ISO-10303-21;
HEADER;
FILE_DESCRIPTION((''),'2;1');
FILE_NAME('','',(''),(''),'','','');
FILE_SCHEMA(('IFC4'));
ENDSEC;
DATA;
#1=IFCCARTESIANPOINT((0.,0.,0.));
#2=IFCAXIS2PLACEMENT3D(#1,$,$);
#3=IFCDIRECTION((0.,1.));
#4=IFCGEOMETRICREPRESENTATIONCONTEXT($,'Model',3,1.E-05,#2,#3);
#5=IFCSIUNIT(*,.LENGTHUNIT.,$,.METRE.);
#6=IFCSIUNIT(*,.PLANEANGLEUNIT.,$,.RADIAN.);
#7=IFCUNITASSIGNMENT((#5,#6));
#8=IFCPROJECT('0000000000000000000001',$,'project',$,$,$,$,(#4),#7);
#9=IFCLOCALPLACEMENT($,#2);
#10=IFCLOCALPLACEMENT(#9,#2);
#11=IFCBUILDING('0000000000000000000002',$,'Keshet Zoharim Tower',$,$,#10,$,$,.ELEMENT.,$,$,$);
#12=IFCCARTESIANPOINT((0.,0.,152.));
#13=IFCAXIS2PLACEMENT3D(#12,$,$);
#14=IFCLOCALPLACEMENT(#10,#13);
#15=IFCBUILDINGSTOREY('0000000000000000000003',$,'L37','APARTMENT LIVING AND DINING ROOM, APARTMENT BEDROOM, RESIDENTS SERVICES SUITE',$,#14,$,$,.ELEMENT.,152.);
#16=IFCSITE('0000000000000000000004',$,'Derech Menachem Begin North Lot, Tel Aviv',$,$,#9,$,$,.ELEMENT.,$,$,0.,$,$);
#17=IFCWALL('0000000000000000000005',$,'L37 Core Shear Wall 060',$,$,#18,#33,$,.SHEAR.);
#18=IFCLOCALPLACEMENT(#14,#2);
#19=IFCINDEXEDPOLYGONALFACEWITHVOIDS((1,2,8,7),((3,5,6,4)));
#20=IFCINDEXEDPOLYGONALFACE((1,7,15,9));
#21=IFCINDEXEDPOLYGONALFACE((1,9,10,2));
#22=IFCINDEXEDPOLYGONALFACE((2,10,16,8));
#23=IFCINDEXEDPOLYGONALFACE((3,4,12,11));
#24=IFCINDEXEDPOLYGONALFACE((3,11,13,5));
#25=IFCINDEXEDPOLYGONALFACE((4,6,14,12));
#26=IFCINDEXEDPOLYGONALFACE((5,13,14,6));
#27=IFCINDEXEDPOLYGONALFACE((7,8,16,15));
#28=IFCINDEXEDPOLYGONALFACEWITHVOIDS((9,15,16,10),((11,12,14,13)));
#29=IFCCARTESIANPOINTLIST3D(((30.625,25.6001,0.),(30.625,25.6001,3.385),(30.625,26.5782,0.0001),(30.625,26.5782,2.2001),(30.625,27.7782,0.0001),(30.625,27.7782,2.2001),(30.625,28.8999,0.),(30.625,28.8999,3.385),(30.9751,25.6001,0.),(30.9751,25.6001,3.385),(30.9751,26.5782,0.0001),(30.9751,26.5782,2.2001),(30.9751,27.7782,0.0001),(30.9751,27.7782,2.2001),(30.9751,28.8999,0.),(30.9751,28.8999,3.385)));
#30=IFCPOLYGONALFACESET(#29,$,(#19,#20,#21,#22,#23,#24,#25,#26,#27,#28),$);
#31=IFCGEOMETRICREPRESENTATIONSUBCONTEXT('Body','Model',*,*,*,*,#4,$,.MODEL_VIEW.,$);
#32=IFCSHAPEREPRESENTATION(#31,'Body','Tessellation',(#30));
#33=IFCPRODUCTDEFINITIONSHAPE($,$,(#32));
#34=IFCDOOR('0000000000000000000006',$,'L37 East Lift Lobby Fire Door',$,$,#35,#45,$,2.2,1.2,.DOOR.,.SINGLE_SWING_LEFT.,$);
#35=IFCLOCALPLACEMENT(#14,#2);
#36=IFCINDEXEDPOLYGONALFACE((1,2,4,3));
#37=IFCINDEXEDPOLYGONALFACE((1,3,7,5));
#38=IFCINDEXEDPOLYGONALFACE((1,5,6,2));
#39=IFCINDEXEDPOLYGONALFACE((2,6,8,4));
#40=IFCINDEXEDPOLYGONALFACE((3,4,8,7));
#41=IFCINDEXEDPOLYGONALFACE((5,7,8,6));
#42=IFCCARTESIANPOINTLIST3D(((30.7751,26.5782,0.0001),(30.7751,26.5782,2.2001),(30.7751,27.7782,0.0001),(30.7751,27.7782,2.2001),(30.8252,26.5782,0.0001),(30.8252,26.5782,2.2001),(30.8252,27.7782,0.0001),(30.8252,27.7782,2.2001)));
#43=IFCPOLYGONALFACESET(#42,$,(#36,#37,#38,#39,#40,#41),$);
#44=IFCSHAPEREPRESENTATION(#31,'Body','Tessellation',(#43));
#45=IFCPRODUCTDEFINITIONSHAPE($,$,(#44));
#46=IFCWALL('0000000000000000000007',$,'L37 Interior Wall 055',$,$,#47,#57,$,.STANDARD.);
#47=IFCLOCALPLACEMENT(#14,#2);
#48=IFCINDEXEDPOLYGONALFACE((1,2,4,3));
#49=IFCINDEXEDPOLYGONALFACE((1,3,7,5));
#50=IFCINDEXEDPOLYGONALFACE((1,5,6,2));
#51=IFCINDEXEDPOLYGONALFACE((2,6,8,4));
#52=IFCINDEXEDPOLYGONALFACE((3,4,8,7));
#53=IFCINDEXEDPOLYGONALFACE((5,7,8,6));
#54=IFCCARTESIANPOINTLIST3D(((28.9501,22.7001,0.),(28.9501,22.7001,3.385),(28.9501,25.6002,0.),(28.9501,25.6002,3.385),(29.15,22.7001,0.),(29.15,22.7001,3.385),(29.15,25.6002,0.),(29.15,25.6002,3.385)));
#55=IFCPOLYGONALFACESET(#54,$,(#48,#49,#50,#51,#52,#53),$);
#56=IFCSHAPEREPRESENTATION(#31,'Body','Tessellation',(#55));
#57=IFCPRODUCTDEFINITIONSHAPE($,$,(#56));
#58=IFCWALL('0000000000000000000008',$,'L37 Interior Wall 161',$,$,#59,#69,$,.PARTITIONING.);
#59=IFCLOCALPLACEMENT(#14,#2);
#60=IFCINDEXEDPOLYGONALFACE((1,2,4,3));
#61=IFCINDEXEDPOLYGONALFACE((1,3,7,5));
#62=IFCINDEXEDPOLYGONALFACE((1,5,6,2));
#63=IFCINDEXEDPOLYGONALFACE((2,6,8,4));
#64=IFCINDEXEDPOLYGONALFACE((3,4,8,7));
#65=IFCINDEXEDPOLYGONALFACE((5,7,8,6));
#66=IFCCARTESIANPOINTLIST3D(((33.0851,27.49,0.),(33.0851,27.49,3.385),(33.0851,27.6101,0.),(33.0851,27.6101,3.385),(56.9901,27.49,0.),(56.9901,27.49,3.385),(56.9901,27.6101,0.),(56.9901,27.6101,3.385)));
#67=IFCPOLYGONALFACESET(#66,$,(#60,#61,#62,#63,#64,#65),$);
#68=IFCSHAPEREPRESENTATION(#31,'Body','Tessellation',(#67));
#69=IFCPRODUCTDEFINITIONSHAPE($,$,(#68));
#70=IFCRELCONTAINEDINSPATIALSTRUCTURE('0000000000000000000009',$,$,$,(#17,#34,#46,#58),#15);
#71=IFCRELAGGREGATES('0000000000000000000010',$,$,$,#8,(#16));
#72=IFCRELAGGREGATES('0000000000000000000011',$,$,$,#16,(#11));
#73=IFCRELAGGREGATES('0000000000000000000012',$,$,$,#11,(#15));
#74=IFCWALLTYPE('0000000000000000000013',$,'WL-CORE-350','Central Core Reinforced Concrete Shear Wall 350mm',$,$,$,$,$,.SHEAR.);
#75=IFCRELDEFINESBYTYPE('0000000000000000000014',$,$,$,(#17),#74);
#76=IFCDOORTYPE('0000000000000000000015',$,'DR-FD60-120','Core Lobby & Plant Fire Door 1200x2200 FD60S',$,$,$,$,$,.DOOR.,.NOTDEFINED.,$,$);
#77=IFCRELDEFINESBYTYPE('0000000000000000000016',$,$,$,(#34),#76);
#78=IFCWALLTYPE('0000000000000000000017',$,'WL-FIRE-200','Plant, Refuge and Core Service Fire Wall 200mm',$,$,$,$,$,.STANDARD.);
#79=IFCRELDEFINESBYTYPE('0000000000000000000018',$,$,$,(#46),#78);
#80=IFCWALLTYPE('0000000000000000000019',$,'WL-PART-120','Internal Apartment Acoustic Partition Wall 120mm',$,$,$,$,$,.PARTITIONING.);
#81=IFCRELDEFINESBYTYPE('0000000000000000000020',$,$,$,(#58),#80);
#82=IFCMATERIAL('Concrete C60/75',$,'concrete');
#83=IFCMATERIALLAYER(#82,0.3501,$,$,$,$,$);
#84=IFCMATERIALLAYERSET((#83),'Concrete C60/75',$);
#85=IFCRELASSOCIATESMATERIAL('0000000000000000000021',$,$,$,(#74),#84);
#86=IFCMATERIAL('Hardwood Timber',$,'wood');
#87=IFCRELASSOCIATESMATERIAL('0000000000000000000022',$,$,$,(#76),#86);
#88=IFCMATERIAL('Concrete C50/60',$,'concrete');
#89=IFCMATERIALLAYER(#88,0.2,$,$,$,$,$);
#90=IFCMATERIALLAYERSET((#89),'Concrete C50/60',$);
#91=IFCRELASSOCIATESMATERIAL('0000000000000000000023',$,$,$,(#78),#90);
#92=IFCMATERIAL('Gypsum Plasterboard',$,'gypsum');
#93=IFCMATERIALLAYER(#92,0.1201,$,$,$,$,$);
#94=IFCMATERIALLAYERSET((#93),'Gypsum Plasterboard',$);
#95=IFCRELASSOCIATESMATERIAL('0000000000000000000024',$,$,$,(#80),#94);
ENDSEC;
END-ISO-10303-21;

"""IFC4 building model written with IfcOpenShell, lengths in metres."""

from ifc_helpers import new_model, si_unit, direction, frame, frame_2d, origin, place, context, subcontext, project, spatial, rectangle, extrude, material, layer, layer_set, type_object, element, fill, save


model = new_model("IFC4")

# Units and contexts
model_context = context("Model", 3, precision=1e-05, world=origin(), true_north=direction((0.0, 1.0)))
body_context = subcontext(model_context, "Body", "Model", "MODEL_VIEW")
ifc_project = project(units=[si_unit("LENGTHUNIT", "METRE"), si_unit("PLANEANGLEUNIT", "RADIAN")], contexts=[model_context])

# Site, building, storey
site_placement = place(None, origin())
site = spatial("IfcSite", under=ifc_project, at=site_placement, Name="Derech Menachem Begin North Lot, Tel Aviv", CompositionType="ELEMENT", RefElevation=0.0)
building_placement = place(site_placement, origin())
building = spatial("IfcBuilding", under=site, at=building_placement, Name="Keshet Zoharim Tower", CompositionType="ELEMENT")
storey_placement = place(building_placement, frame((0.0, 0.0, 152.0)))
storey = spatial("IfcBuildingStorey", under=building, at=storey_placement, Name="L37", Description="APARTMENT LIVING AND DINING ROOM, APARTMENT BEDROOM, RESIDENTS SERVICES SUITE", CompositionType="ELEMENT", Elevation=152.0)

# Shared definitions
ifc_material_1 = material(Name="Concrete C60/75", Category="concrete")

# Shared definitions
ifc_material_2 = material(Name="Gypsum Plasterboard", Category="gypsum")
ifc_material_3 = material(Name="Hardwood Timber", Category="wood")

# Shared definitions
ifc_layer_1 = layer(ifc_material_1, 0.3501)
ifc_layer_set_1 = layer_set([ifc_layer_1], Name="Concrete C60/75")
wall_type_1 = type_object("IfcWallType", Name="WL-CORE-350", Description="Central Core Reinforced Concrete Shear Wall 350mm", PredefinedType="SHEAR", material=ifc_layer_set_1)

# Wall, opening, door
wall_1_placement = place(storey_placement, frame((30.8, 25.6001, 0.0), z_axis=(0.0, 0.0, 1.0), x_axis=(0.0, 1.0, 0.0)))
wall_1 = element("IfcWall", 1, at=wall_1_placement, inside=storey, type_object=wall_type_1, Name="L37 Core Shear Wall 060", PredefinedType="SHEAR", context=body_context, shape_type="SweptSolid", body=[
    extrude(rectangle(XDim=3.2998, YDim=0.3501, at=frame_2d((1.6499, 0.0))), origin(), (0.0, 0.0, 1.0), 3.385),
])
opening_1_placement = place(wall_1_placement, frame((0.978, 0.0, 0.0)))
opening_1 = element("IfcOpeningElement", 2, at=opening_1_placement, cuts=wall_1, PredefinedType="OPENING", context=body_context, shape_type="SweptSolid", body=[
    extrude(rectangle(XDim=1.2, YDim=2.2, at=frame_2d((0.6001, 1.1001))), frame((0.0, 0.1851, 0.0), z_axis=(0.0, -1.0, 0.0), x_axis=(1.0, 0.0, 0.0)), (0.0, 0.0, 1.0), 0.3701),
])
door_type_1 = type_object("IfcDoorType", Name="DR-FD60-120", Description="Core Lobby & Plant Fire Door 1200x2200 FD60S", OperationType="NOTDEFINED", PredefinedType="DOOR", material=ifc_material_3)
door_1_placement = place(opening_1_placement, origin())
door_1 = element("IfcDoor", 3, at=door_1_placement, inside=storey, type_object=door_type_1, Name="L37 East Lift Lobby Fire Door", OperationType="SINGLE_SWING_LEFT", OverallHeight=2.2, OverallWidth=1.2, PredefinedType="DOOR", context=body_context, shape_type="SweptSolid", body=[
    extrude(rectangle(XDim=1.2, YDim=2.2, at=frame_2d((0.6001, 1.1001))), frame((0.0, 0.0249, 0.0), z_axis=(0.0, -1.0, 0.0), x_axis=(1.0, 0.0, 0.0)), (0.0, 0.0, 1.0), 0.05),
])
fill(opening_1, door_1)

# Walls
ifc_material_4 = material(Name="Concrete C50/60", Category="concrete")
ifc_layer_2 = layer(ifc_material_4, 0.2)
ifc_layer_set_2 = layer_set([ifc_layer_2], Name="Concrete C50/60")
wall_type_2 = type_object("IfcWallType", Name="WL-FIRE-200", Description="Plant, Refuge and Core Service Fire Wall 200mm", PredefinedType="STANDARD", material=ifc_layer_set_2)
wall_2_placement = place(storey_placement, frame((29.05, 22.7, 0.0), z_axis=(0.0, 0.0, 1.0), x_axis=(0.0, 1.0, 0.0)))
element("IfcWall", 4, at=wall_2_placement, inside=storey, type_object=wall_type_2, Name="L37 Interior Wall 055", PredefinedType="STANDARD", context=body_context, shape_type="SweptSolid", body=[
    extrude(rectangle(XDim=2.9001, YDim=0.2, at=frame_2d((1.4502, 0.0))), origin(), (0.0, 0.0, 1.0), 3.385),
])
ifc_layer_3 = layer(ifc_material_2, 0.1201)
ifc_layer_set_3 = layer_set([ifc_layer_3], Name="Gypsum Plasterboard")
wall_type_3 = type_object("IfcWallType", Name="WL-PART-120", Description="Internal Apartment Acoustic Partition Wall 120mm", PredefinedType="PARTITIONING", material=ifc_layer_set_3)
wall_3_placement = place(storey_placement, frame((33.085, 27.55, 0.0), z_axis=(0.0, 0.0, 1.0), x_axis=(1.0, 0.0, 0.0)))
element("IfcWall", 5, at=wall_3_placement, inside=storey, type_object=wall_type_3, Name="L37 Interior Wall 161", PredefinedType="PARTITIONING", context=body_context, shape_type="SweptSolid", body=[
    extrude(rectangle(XDim=23.905, YDim=0.1201, at=frame_2d((11.9526, 0.0))), origin(), (0.0, 0.0, 1.0), 3.385),
])

save(model, "model.ifc")
